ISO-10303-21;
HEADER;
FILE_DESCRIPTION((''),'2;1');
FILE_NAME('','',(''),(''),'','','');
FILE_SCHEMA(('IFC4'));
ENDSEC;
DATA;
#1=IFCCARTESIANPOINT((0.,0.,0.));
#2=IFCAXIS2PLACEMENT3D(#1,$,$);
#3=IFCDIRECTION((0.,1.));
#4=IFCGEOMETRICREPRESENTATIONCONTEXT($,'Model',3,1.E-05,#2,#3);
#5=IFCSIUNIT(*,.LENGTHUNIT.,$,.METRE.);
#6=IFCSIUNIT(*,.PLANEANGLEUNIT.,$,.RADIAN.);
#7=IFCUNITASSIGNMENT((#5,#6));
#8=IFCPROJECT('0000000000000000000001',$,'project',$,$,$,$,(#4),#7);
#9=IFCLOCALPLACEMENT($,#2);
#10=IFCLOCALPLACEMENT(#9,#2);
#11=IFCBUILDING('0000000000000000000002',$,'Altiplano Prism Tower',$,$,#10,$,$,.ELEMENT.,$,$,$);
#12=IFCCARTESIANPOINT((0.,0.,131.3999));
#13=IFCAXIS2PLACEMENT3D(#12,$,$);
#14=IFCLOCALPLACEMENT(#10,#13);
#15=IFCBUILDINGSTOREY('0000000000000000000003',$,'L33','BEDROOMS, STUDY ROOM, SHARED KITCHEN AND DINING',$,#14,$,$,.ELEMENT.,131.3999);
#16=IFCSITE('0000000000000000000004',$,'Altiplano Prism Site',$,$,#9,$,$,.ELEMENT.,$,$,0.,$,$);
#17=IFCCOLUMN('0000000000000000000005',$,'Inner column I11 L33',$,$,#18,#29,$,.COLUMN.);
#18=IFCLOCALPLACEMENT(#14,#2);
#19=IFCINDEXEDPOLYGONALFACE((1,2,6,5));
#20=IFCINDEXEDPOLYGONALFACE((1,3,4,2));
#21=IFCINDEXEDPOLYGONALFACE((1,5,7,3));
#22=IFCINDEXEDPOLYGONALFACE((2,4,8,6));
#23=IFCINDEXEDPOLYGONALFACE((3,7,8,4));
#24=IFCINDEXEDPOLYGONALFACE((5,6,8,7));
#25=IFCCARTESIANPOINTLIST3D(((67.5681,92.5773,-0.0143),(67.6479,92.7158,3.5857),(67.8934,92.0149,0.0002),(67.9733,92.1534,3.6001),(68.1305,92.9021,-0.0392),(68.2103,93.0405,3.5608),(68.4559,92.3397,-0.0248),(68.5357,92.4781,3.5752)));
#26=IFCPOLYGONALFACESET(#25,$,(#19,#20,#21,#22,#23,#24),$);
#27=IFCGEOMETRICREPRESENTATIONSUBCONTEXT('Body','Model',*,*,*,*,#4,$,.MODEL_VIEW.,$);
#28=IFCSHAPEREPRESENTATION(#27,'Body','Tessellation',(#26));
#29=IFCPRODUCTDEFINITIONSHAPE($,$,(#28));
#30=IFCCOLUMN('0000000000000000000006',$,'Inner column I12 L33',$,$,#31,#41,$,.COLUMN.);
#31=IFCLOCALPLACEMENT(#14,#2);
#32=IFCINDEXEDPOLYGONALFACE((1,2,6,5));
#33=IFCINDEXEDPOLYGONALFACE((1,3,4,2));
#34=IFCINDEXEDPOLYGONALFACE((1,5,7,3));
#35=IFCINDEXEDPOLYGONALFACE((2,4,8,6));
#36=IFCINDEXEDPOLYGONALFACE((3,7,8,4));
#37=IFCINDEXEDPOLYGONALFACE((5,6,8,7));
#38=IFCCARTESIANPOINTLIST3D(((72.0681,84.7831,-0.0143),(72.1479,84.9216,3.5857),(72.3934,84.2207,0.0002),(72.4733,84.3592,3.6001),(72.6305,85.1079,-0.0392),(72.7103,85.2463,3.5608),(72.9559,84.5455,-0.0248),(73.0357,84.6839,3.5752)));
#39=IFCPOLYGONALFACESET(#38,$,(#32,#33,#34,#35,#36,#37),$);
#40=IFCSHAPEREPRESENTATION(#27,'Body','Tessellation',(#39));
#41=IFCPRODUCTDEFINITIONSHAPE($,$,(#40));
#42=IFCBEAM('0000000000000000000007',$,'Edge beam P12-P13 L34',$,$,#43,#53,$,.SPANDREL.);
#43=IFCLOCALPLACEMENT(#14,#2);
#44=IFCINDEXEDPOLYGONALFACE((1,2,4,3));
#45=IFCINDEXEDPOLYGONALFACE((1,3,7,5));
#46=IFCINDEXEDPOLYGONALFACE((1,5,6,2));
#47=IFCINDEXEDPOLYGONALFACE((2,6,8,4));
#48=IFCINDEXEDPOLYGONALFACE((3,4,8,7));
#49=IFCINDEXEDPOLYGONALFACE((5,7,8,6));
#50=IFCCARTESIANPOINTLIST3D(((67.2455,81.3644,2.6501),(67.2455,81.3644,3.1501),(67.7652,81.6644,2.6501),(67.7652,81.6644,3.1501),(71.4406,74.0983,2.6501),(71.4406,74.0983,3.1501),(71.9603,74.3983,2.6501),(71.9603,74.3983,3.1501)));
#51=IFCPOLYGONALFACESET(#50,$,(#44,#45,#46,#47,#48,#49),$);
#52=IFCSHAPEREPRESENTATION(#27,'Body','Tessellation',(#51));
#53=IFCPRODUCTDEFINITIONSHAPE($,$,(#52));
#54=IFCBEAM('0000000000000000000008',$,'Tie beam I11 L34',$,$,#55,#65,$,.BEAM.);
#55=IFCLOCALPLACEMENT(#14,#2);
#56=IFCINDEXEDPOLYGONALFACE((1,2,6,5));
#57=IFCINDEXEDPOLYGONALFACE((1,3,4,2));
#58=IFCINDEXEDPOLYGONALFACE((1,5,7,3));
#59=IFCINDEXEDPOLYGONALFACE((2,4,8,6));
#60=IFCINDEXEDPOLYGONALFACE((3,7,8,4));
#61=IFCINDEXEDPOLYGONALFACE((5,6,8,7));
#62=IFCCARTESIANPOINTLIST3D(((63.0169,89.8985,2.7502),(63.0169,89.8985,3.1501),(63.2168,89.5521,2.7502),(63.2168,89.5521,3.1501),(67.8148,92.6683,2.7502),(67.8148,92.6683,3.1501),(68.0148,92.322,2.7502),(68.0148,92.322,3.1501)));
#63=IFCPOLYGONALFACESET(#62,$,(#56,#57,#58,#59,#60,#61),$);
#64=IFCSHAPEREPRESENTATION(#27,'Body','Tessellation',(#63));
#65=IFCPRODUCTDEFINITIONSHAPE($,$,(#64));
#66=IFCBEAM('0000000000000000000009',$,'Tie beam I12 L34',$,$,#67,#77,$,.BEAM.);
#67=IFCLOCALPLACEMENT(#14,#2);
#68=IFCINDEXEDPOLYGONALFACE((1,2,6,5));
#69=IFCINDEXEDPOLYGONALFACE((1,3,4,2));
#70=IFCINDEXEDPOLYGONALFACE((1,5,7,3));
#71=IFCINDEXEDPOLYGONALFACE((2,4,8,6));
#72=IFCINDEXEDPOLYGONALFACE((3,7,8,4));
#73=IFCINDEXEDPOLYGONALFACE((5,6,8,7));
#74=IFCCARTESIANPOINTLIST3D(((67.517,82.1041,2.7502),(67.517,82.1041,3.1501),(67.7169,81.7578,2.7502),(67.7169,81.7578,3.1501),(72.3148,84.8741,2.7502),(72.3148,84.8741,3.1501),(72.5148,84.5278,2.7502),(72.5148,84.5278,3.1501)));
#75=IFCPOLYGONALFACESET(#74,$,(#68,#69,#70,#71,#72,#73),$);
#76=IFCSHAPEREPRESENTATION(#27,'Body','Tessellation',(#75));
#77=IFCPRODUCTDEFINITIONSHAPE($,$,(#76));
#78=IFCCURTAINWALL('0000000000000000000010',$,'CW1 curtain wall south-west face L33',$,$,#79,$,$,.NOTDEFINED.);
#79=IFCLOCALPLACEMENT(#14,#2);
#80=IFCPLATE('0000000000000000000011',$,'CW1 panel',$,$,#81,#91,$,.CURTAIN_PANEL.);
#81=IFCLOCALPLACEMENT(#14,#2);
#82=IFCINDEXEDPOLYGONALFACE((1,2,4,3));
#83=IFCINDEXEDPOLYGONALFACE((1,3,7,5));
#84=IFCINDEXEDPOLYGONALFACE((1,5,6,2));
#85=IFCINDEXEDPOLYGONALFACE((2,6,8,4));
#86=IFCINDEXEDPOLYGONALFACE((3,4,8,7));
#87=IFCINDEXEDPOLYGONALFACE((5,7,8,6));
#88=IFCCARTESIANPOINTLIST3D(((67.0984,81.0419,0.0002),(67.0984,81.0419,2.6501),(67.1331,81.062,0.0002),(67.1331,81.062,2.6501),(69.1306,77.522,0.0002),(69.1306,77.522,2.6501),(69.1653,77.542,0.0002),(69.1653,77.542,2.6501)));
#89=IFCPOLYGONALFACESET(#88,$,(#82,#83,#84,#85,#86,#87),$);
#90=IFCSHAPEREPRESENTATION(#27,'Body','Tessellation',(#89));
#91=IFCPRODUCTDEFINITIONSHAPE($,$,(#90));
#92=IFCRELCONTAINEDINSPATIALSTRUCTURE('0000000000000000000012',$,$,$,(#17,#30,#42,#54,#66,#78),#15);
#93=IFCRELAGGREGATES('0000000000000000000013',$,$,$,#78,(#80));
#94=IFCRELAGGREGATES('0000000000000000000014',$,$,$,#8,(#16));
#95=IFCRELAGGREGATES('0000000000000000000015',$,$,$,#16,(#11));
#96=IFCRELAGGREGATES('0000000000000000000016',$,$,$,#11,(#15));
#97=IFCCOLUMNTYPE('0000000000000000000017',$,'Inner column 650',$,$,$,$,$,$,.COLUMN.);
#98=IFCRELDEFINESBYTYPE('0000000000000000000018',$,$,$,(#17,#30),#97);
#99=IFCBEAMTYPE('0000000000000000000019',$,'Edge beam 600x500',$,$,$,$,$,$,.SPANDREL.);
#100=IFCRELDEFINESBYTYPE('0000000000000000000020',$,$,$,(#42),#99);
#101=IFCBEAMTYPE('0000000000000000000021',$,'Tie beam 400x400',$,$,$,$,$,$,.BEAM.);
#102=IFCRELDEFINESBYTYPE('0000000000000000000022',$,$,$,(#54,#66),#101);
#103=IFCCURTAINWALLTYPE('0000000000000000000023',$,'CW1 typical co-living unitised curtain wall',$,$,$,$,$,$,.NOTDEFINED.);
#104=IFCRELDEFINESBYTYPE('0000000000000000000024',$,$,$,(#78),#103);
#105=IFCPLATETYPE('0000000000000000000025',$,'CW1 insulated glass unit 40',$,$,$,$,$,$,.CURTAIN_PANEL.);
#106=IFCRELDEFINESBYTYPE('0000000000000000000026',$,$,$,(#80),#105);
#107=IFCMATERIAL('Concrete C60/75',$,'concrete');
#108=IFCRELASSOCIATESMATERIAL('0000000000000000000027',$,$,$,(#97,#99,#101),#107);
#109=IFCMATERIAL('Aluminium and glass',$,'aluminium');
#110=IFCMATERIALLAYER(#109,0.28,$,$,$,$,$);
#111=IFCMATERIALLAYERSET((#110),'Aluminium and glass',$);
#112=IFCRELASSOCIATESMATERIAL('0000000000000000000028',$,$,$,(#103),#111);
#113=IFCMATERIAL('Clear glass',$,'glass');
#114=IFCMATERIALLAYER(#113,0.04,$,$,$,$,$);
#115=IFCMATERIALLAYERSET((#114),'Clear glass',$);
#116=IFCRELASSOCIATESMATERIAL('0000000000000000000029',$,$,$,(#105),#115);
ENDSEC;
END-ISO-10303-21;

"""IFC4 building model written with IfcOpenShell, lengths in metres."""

from ifc_helpers import new_model, si_unit, direction, frame, origin, origin_2d, place, context, subcontext, project, spatial, rectangle, extrude, material, layer, layer_set, material_profile, profile_set, type_object, element, aggregate, save


model = new_model("IFC4")

# Units and contexts
model_context = context("Model", 3, precision=1e-05, world=origin(), true_north=direction((0.0, 1.0)))
body_context = subcontext(model_context, "Body", "Model", "MODEL_VIEW")
ifc_project = project(units=[si_unit("LENGTHUNIT", "METRE"), si_unit("PLANEANGLEUNIT", "RADIAN")], contexts=[model_context])

# Site, building, storey
site_placement = place(None, origin())
site = spatial("IfcSite", under=ifc_project, at=site_placement, Name="Altiplano Prism Site", CompositionType="ELEMENT", RefElevation=0.0)
building_placement = place(site_placement, origin())
building = spatial("IfcBuilding", under=site, at=building_placement, Name="Altiplano Prism Tower", CompositionType="ELEMENT")
storey_placement = place(building_placement, frame((0.0, 0.0, 131.3999)))
storey = spatial("IfcBuildingStorey", under=building, at=storey_placement, Name="L33", Description="BEDROOMS, STUDY ROOM, SHARED KITCHEN AND DINING", CompositionType="ELEMENT", Elevation=131.3999)

# Columns
ifc_material_1 = material(Name="Concrete C60/75", Category="concrete")
ifc_material_profile_1 = material_profile(ifc_material_1, rectangle(XDim=0.6499, YDim=0.6499, at=origin_2d()), Name="Inner column 650")
ifc_profile_set_1 = profile_set([ifc_material_profile_1], Name="Concrete C60/75")
column_type = type_object("IfcColumnType", Name="Inner column 650", PredefinedType="COLUMN", material=ifc_profile_set_1)
for number, where, z_axis, x_axis, name in (
    (1, (68.012, 92.4585, -0.0195), (0.022155, 0.038416, 0.999016), (-0.865365, -0.499669, 0.038405), "Inner column I11 L33"),
    (2, (72.512, 84.6643, -0.0195), (0.022155, 0.038416, 0.999016), (-0.865365, -0.499669, 0.038405), "Inner column I12 L33"),
):
    element("IfcColumn", number, at=place(storey_placement, frame(where, z_axis=z_axis, x_axis=x_axis)), inside=storey, type_object=column_type, Name=name, PredefinedType="COLUMN", context=body_context, shape_type="SweptSolid", body=[
        extrude(rectangle(XDim=0.6499, YDim=0.6499, at=origin_2d()), origin(), (0.0, 0.0, 1.0), 3.6035),
    ])

# Beams
ifc_material_profile_2 = material_profile(ifc_material_1, rectangle(XDim=0.6001, YDim=0.5, at=origin_2d()), Name="Edge beam 600x500")
ifc_profile_set_2 = profile_set([ifc_material_profile_2], Name="Concrete C60/75")
beam_type_1 = type_object("IfcBeamType", Name="Edge beam 600x500", PredefinedType="SPANDREL", material=ifc_profile_set_2)
beam_placement = place(storey_placement, frame((67.5054, 81.5144, 2.9001), z_axis=(0.499998, -0.866027, 0.0), x_axis=(0.866027, 0.499998, 0.0)))
element("IfcBeam", 3, at=beam_placement, inside=storey, type_object=beam_type_1, Name="Edge beam P12-P13 L34", PredefinedType="SPANDREL", context=body_context, shape_type="SweptSolid", body=[
    extrude(rectangle(XDim=0.6001, YDim=0.5, at=origin_2d()), origin(), (0.0, 0.0, 1.0), 8.3901),
])
ifc_material_profile_3 = material_profile(ifc_material_1, rectangle(XDim=0.3999, YDim=0.3999, at=origin_2d()), Name="Tie beam 400x400")
ifc_profile_set_3 = profile_set([ifc_material_profile_3], Name="Concrete C60/75")
beam_type_2 = type_object("IfcBeamType", Name="Tie beam 400x400", PredefinedType="BEAM", material=ifc_profile_set_3)
for number, where, z_axis, x_axis, name in (
    (4, (67.9148, 92.4951, 2.9502), (-0.866046, -0.499964, 0.0), (0.499964, -0.866046, 0.0), "Tie beam I11 L34"),
    (5, (72.4148, 84.7009, 2.9502), (-0.866027, -0.499997, 0.0), (0.499997, -0.866027, 0.0), "Tie beam I12 L34"),
):
    element("IfcBeam", number, at=place(storey_placement, frame(where, z_axis=z_axis, x_axis=x_axis)), inside=storey, type_object=beam_type_2, Name=name, PredefinedType="BEAM", context=body_context, shape_type="SweptSolid", body=[
        extrude(rectangle(XDim=0.3999, YDim=0.3999, at=origin_2d()), origin(), (0.0, 0.0, 1.0), 5.54),
    ])

# Curtain wall, plate
ifc_material_2 = material(Name="Aluminium and glass", Category="aluminium")
ifc_layer_1 = layer(ifc_material_2, 0.28)
ifc_layer_set_1 = layer_set([ifc_layer_1], Name="Aluminium and glass")
curtain_wall_type = type_object("IfcCurtainWallType", Name="CW1 typical co-living unitised curtain wall", PredefinedType="NOTDEFINED", material=ifc_layer_set_1)
curtain_wall_placement = place(storey_placement, origin())
curtain_wall = element("IfcCurtainWall", 6, at=curtain_wall_placement, inside=storey, type_object=curtain_wall_type, Name="CW1 curtain wall south-west face L33", PredefinedType="NOTDEFINED")
ifc_material_3 = material(Name="Clear glass", Category="glass")
ifc_layer_2 = layer(ifc_material_3, 0.04)
ifc_layer_set_2 = layer_set([ifc_layer_2], Name="Clear glass")
plate_type = type_object("IfcPlateType", Name="CW1 insulated glass unit 40", PredefinedType="CURTAIN_PANEL", material=ifc_layer_set_2)
plate_placement = place(storey_placement, frame((68.1318, 79.292, 0.0002), z_axis=(0.0, 0.0, 1.0), x_axis=(0.5, -0.866025, 0.0)))
plate = element("IfcPlate", 7, at=plate_placement, type_object=plate_type, Name="CW1 panel", PredefinedType="CURTAIN_PANEL", context=body_context, shape_type="SweptSolid", body=[
    extrude(rectangle(XDim=4.0645, YDim=0.04, at=origin_2d()), origin(), (0.0, 0.0, 1.0), 2.6499),
])
aggregate(curtain_wall, [plate])

save(model, "model.ifc")
